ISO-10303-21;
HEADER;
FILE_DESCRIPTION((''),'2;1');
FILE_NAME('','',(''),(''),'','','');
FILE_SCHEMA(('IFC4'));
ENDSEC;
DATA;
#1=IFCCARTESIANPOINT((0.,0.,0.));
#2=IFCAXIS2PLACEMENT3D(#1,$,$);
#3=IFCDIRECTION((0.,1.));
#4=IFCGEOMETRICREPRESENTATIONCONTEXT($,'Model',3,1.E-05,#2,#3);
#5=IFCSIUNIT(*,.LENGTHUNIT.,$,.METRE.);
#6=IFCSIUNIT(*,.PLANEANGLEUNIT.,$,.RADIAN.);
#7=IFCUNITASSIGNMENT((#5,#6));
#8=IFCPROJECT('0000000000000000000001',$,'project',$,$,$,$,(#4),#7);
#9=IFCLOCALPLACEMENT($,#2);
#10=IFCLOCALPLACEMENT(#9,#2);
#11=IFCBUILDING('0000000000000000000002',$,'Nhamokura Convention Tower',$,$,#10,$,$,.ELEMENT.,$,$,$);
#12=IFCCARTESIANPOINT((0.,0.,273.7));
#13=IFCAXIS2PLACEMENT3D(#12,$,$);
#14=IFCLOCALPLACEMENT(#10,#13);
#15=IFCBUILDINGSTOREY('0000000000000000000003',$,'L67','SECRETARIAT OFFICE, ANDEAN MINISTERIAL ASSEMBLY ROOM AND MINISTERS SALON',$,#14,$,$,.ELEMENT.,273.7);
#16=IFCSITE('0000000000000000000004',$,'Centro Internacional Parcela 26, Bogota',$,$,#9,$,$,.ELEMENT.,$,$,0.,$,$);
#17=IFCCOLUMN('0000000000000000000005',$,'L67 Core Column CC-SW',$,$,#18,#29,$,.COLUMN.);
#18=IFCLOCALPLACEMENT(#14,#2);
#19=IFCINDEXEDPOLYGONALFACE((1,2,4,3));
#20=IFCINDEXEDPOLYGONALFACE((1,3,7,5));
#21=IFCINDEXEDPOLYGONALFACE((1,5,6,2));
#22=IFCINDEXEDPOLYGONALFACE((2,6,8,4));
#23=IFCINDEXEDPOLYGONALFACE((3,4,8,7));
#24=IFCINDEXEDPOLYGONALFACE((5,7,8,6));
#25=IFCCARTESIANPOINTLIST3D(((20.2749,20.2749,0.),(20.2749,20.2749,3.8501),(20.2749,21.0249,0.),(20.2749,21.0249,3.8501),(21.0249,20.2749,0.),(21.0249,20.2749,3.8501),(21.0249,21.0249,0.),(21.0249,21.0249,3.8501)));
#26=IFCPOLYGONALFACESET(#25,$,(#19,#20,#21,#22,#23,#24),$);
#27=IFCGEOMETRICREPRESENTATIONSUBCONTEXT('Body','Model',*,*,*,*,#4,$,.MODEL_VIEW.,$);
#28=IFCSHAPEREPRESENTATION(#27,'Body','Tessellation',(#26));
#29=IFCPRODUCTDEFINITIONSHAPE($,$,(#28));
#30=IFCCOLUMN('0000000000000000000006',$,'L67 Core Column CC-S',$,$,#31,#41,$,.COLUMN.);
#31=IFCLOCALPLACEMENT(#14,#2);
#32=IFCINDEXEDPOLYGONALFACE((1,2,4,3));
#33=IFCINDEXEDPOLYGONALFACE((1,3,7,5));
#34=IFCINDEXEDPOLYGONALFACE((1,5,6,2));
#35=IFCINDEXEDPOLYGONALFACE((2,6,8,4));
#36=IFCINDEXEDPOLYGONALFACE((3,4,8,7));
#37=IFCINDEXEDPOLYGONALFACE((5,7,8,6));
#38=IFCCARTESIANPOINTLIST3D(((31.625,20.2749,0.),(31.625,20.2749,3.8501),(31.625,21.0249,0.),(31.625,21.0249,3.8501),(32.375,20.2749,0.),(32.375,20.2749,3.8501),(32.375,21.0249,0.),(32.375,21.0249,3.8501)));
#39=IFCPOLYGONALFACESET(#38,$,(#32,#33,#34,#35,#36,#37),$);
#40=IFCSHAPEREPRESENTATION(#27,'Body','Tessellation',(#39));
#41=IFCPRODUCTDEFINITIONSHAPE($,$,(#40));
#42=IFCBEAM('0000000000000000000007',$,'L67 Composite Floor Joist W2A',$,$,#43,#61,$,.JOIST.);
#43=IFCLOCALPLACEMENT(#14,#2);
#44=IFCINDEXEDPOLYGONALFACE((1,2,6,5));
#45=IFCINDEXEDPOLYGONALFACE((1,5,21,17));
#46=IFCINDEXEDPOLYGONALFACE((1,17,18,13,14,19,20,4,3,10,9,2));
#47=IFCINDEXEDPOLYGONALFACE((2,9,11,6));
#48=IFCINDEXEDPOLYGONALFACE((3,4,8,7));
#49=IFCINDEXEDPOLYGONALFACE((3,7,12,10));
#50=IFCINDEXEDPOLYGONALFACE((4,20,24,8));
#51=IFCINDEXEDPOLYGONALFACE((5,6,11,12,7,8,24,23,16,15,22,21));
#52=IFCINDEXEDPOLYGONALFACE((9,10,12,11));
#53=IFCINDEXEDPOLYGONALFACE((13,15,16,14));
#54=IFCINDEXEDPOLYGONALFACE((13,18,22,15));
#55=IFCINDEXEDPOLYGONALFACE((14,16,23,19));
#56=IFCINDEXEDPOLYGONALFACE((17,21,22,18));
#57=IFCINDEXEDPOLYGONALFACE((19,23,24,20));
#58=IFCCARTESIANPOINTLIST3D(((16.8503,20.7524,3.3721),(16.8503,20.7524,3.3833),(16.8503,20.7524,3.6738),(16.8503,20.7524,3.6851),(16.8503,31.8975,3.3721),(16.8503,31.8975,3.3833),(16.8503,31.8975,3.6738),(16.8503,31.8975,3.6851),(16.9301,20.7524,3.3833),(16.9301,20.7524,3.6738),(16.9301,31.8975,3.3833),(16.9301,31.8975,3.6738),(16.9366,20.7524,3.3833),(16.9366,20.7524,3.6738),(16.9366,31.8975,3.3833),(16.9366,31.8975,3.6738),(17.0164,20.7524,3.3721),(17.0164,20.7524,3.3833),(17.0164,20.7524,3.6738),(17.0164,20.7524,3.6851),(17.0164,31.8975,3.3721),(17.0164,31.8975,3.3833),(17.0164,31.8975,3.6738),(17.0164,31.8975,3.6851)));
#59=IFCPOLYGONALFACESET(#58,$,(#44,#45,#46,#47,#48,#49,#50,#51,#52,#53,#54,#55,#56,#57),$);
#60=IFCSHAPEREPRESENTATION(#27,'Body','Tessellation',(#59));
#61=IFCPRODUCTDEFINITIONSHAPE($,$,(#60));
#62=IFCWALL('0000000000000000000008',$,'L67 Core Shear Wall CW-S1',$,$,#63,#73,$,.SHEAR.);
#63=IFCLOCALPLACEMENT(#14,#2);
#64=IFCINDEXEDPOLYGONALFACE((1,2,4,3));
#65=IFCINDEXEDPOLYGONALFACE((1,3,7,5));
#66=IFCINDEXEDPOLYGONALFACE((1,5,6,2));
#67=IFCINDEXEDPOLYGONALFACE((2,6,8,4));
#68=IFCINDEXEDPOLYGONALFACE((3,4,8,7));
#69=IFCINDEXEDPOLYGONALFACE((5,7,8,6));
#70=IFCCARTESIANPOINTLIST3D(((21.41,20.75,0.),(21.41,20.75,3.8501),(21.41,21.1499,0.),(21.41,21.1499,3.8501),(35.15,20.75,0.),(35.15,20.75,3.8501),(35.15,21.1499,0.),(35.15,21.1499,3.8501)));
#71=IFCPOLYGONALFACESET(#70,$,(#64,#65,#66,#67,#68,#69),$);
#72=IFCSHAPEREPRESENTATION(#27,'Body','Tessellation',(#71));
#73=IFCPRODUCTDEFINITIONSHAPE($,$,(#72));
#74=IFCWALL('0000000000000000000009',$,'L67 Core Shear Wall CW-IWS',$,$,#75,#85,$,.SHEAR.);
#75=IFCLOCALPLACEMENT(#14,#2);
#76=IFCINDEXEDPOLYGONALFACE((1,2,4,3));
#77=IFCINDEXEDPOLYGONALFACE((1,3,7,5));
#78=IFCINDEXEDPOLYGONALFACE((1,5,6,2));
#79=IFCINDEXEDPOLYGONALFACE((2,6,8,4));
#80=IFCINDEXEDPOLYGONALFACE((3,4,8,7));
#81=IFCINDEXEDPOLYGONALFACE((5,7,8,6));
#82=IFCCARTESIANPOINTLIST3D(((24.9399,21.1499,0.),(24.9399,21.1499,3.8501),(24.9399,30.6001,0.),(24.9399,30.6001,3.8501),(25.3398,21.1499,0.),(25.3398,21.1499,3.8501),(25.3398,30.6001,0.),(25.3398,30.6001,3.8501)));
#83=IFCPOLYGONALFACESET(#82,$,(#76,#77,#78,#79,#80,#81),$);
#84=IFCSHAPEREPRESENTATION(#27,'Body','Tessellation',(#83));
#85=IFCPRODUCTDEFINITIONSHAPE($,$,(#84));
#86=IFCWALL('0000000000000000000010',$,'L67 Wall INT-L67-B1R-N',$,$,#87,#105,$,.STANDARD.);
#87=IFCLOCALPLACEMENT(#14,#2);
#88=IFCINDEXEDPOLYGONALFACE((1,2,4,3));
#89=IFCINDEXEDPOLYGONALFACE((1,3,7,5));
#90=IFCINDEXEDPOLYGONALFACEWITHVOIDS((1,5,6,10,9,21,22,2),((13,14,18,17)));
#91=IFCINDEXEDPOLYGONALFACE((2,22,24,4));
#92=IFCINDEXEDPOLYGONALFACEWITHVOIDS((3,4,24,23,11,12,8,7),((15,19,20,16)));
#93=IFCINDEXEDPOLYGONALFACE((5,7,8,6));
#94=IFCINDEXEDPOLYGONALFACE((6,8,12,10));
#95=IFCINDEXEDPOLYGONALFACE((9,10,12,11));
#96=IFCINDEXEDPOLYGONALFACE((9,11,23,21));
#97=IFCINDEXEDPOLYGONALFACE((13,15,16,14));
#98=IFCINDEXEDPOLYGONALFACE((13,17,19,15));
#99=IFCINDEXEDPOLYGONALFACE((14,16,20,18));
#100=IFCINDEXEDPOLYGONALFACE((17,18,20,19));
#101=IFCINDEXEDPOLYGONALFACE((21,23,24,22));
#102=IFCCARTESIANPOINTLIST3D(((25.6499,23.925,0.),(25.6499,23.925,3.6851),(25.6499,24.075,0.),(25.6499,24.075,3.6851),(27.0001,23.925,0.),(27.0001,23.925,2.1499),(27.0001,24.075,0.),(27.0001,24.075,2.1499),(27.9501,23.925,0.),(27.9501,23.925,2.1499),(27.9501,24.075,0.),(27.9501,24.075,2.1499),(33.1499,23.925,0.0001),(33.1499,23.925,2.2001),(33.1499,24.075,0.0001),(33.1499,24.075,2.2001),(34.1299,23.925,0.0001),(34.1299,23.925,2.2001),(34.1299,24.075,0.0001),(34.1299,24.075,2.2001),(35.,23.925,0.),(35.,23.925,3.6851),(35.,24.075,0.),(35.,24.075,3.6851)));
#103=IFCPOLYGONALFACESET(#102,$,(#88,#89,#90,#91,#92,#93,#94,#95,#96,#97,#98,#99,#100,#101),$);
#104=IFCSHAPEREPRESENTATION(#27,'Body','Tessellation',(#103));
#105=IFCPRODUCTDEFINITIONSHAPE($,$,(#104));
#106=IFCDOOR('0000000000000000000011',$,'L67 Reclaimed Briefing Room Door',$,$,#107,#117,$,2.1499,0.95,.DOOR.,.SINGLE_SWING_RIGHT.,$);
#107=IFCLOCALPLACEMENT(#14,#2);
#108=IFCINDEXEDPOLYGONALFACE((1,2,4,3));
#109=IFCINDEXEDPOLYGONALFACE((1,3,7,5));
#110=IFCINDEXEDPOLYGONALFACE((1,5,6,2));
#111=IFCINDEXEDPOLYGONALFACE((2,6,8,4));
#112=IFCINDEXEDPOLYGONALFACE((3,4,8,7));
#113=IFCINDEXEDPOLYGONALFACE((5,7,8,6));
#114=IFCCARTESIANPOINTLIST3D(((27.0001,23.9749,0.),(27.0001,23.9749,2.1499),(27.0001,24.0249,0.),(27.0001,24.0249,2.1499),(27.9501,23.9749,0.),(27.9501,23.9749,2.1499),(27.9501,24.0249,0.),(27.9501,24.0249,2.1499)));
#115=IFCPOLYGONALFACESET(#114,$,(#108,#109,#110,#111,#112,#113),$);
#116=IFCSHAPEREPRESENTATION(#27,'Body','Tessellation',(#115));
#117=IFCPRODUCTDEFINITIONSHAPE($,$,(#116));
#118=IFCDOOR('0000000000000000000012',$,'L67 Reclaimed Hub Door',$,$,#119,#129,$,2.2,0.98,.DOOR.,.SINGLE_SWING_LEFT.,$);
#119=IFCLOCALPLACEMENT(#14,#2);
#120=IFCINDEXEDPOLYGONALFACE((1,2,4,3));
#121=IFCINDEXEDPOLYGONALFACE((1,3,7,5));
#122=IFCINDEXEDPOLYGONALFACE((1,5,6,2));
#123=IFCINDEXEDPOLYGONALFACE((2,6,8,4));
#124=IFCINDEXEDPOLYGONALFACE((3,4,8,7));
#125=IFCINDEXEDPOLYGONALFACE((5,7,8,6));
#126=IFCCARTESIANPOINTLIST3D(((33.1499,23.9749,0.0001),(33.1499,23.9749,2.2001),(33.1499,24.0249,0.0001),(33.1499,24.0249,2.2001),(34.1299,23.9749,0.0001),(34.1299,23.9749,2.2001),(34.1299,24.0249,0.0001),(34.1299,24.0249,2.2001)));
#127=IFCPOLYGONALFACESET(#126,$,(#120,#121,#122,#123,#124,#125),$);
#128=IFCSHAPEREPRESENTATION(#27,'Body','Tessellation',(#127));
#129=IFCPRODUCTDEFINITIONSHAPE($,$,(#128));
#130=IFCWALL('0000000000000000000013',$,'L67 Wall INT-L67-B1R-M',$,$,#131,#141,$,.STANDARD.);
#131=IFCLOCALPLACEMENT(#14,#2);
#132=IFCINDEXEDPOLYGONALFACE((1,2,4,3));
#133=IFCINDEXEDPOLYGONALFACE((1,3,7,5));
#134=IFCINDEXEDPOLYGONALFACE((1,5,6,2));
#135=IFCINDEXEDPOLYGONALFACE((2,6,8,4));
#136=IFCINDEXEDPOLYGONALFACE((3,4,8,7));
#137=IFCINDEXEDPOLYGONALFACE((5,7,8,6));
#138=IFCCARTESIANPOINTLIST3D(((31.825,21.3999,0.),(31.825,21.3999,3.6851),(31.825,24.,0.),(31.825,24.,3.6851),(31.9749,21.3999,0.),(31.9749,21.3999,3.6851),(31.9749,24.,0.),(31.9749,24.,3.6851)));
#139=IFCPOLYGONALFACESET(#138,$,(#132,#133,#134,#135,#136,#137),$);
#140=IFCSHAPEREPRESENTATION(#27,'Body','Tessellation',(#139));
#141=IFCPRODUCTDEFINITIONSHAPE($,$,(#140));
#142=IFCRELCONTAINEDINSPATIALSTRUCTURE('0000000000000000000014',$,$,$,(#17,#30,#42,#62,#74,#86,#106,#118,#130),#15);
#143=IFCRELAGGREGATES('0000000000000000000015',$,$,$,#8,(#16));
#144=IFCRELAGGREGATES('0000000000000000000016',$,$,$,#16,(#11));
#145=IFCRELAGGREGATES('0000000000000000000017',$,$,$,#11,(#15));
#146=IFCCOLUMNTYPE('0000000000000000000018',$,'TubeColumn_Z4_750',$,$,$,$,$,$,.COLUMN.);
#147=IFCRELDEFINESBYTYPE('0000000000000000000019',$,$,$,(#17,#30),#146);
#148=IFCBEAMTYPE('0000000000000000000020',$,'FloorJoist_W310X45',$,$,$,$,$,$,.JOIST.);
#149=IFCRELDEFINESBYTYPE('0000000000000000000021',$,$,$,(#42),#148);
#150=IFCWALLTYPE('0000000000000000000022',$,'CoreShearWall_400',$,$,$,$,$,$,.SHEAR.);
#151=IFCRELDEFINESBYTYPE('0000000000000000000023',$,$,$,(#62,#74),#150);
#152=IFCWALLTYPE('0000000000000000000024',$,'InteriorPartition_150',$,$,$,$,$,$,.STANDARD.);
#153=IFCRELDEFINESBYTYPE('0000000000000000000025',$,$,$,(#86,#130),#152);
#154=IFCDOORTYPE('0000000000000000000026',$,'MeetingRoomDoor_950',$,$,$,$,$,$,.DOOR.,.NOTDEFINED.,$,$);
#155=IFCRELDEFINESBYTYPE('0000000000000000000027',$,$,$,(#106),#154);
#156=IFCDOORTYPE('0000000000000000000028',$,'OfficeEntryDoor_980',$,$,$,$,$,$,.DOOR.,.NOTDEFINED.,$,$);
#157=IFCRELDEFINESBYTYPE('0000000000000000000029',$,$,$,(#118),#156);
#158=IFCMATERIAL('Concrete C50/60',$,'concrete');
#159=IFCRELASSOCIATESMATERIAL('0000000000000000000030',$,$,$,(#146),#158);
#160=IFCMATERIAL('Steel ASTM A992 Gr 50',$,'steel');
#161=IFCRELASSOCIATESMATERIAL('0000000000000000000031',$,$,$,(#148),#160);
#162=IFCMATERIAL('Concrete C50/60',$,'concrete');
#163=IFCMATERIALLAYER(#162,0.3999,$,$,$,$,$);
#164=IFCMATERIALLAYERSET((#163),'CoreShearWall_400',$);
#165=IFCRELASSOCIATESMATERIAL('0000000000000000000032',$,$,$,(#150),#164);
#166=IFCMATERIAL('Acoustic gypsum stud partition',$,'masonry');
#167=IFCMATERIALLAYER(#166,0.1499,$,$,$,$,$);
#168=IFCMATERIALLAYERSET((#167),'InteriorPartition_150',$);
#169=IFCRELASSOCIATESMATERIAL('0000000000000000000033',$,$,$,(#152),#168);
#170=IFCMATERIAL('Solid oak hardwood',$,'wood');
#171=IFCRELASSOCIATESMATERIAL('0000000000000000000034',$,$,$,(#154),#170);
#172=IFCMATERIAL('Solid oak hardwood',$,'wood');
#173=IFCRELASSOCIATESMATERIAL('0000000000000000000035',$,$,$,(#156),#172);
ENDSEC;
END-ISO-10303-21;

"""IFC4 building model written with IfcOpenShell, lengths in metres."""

from ifc_helpers import new_model, si_unit, direction, frame, frame_2d, origin, origin_2d, place, context, subcontext, project, spatial, rectangle, i_section, extrude, material, layer, layer_set, material_profile, profile_set, type_object, element, fill, save


model = new_model("IFC4")

# Units and contexts
model_context = context("Model", 3, precision=1e-05, world=origin(), true_north=direction((0.0, 1.0)))
body_context = subcontext(model_context, "Body", "Model", "MODEL_VIEW")
ifc_project = project(units=[si_unit("LENGTHUNIT", "METRE"), si_unit("PLANEANGLEUNIT", "RADIAN")], contexts=[model_context])

# Site, building, storey
site_placement = place(None, origin())
site = spatial("IfcSite", under=ifc_project, at=site_placement, Name="Centro Internacional Parcela 26, Bogota", CompositionType="ELEMENT", RefElevation=0.0)
building_placement = place(site_placement, origin())
building = spatial("IfcBuilding", under=site, at=building_placement, Name="Nhamokura Convention Tower", CompositionType="ELEMENT")
storey_placement = place(building_placement, frame((0.0, 0.0, 273.7)))
storey = spatial("IfcBuildingStorey", under=building, at=storey_placement, Name="L67", Description="SECRETARIAT OFFICE, ANDEAN MINISTERIAL ASSEMBLY ROOM AND MINISTERS SALON", CompositionType="ELEMENT", Elevation=273.7)

# Columns
ifc_material_1 = material(Name="Concrete C50/60", Category="concrete")
ifc_material_profile_1 = material_profile(ifc_material_1, rectangle(XDim=0.75, YDim=0.75, at=origin_2d()))
ifc_profile_set_1 = profile_set([ifc_material_profile_1], Name="Concrete C50/60")
column_type = type_object("IfcColumnType", Name="TubeColumn_Z4_750", PredefinedType="COLUMN", material=ifc_profile_set_1)
for number, where, z_axis, x_axis, name in (
    (1, (20.6499, 20.6499, 0.0), (0.0, 0.0, 1.0), (1.0, 0.0, 0.0), "L67 Core Column CC-SW"),
    (2, (32.0, 20.6499, 0.0), (0.0, 0.0, 1.0), (1.0, 0.0, 0.0), "L67 Core Column CC-S"),
):
    element("IfcColumn", number, at=place(storey_placement, frame(where, z_axis=z_axis, x_axis=x_axis)), inside=storey, type_object=column_type, Name=name, PredefinedType="COLUMN", context=body_context, shape_type="SweptSolid", body=[
        extrude(rectangle(XDim=0.75, YDim=0.75, at=origin_2d()), origin(), (0.0, 0.0, 1.0), 3.8501),
    ])

# Beam
ifc_material_2 = material(Name="Steel ASTM A992 Gr 50", Category="steel")
ifc_material_profile_2 = material_profile(ifc_material_2, i_section(OverallWidth=0.166, OverallDepth=0.313, WebThickness=0.0066, FlangeThickness=0.0112, at=origin_2d()))
ifc_profile_set_2 = profile_set([ifc_material_profile_2], Name="Steel ASTM A992 Gr 50")
beam_type = type_object("IfcBeamType", Name="FloorJoist_W310X45", PredefinedType="JOIST", material=ifc_profile_set_2)
beam_placement = place(storey_placement, frame((16.9333, 20.7524, 3.5286), z_axis=(0.0, 1.0, 0.0), x_axis=(-1.0, 0.0, 0.0)))
element("IfcBeam", 3, at=beam_placement, inside=storey, type_object=beam_type, Name="L67 Composite Floor Joist W2A", PredefinedType="JOIST", context=body_context, shape_type="SweptSolid", body=[
    extrude(i_section(OverallWidth=0.166, OverallDepth=0.313, WebThickness=0.0066, FlangeThickness=0.0112, at=origin_2d()), origin(), (0.0, 0.0, 1.0), 11.145),
])

# Shared definitions
ifc_material_3 = material(Name="Concrete C50/60", Category="concrete")
ifc_layer_1 = layer(ifc_material_3, 0.3999)
ifc_layer_set_1 = layer_set([ifc_layer_1], Name="CoreShearWall_400")
wall_type_1 = type_object("IfcWallType", Name="CoreShearWall_400", PredefinedType="SHEAR", material=ifc_layer_set_1)

# Walls
wall_1_placement = place(storey_placement, frame((21.4099, 20.95, 0.0), z_axis=(0.0, 0.0, 1.0), x_axis=(1.0, 0.0, 0.0)))
element("IfcWall", 4, at=wall_1_placement, inside=storey, type_object=wall_type_1, Name="L67 Core Shear Wall CW-S1", PredefinedType="SHEAR", context=body_context, shape_type="SweptSolid", body=[
    extrude(rectangle(XDim=13.74, YDim=0.3999, at=frame_2d((6.8701, 0.0))), origin(), (0.0, 0.0, 1.0), 3.8501),
])
wall_2_placement = place(storey_placement, frame((25.1399, 21.1499, 0.0), z_axis=(0.0, 0.0, 1.0), x_axis=(0.0, 1.0, 0.0)))
element("IfcWall", 5, at=wall_2_placement, inside=storey, type_object=wall_type_1, Name="L67 Core Shear Wall CW-IWS", PredefinedType="SHEAR", context=body_context, shape_type="SweptSolid", body=[
    extrude(rectangle(XDim=9.4502, YDim=0.3999, at=frame_2d((4.7251, 0.0))), origin(), (0.0, 0.0, 1.0), 3.8501),
])

# Wall, openings, doors
ifc_material_4 = material(Name="Acoustic gypsum stud partition", Category="masonry")
ifc_layer_2 = layer(ifc_material_4, 0.1499)
ifc_layer_set_2 = layer_set([ifc_layer_2], Name="InteriorPartition_150")
wall_type_2 = type_object("IfcWallType", Name="InteriorPartition_150", PredefinedType="STANDARD", material=ifc_layer_set_2)
wall_3_placement = place(storey_placement, frame((25.6499, 24.0, 0.0), z_axis=(0.0, 0.0, 1.0), x_axis=(1.0, 0.0, 0.0)))
wall_3 = element("IfcWall", 6, at=wall_3_placement, inside=storey, type_object=wall_type_2, Name="L67 Wall INT-L67-B1R-N", PredefinedType="STANDARD", context=body_context, shape_type="SweptSolid", body=[
    extrude(rectangle(XDim=9.3501, YDim=0.1499, at=frame_2d((4.675, 0.0))), origin(), (0.0, 0.0, 1.0), 3.6851),
])
opening_1_placement = place(wall_3_placement, frame((1.3501, 0.0, 0.0)))
opening_1 = element("IfcOpeningElement", 7, at=opening_1_placement, cuts=wall_3, PredefinedType="OPENING", context=body_context, shape_type="SweptSolid", body=[
    extrude(rectangle(XDim=0.95, YDim=2.1499, at=frame_2d((0.4751, 1.075))), frame((0.0, 0.085, 0.0), z_axis=(0.0, -1.0, 0.0), x_axis=(1.0, 0.0, 0.0)), (0.0, 0.0, 1.0), 0.1699),
])
opening_2_placement = place(wall_3_placement, frame((7.5, 0.0, 0.0)))
opening_2 = element("IfcOpeningElement", 8, at=opening_2_placement, cuts=wall_3, PredefinedType="OPENING", context=body_context, shape_type="SweptSolid", body=[
    extrude(rectangle(XDim=0.98, YDim=2.2, at=frame_2d((0.49, 1.1001))), frame((0.0, 0.085, 0.0), z_axis=(0.0, -1.0, 0.0), x_axis=(1.0, 0.0, 0.0)), (0.0, 0.0, 1.0), 0.1699),
])
ifc_material_5 = material(Name="Solid oak hardwood", Category="wood")
door_type_1 = type_object("IfcDoorType", Name="MeetingRoomDoor_950", OperationType="NOTDEFINED", PredefinedType="DOOR", material=ifc_material_5)
door_1_placement = place(opening_1_placement, origin())
door_1 = element("IfcDoor", 9, at=door_1_placement, inside=storey, type_object=door_type_1, Name="L67 Reclaimed Briefing Room Door", OperationType="SINGLE_SWING_RIGHT", OverallHeight=2.1499, OverallWidth=0.95, PredefinedType="DOOR", context=body_context, shape_type="SweptSolid", body=[
    extrude(rectangle(XDim=0.95, YDim=2.1499, at=frame_2d((0.4751, 1.075))), frame((0.0, 0.0249, 0.0), z_axis=(0.0, -1.0, 0.0), x_axis=(1.0, 0.0, 0.0)), (0.0, 0.0, 1.0), 0.05),
])
fill(opening_1, door_1)
ifc_material_6 = material(Name="Solid oak hardwood", Category="wood")
door_type_2 = type_object("IfcDoorType", Name="OfficeEntryDoor_980", OperationType="NOTDEFINED", PredefinedType="DOOR", material=ifc_material_6)
door_2_placement = place(opening_2_placement, origin())
door_2 = element("IfcDoor", 10, at=door_2_placement, inside=storey, type_object=door_type_2, Name="L67 Reclaimed Hub Door", OperationType="SINGLE_SWING_LEFT", OverallHeight=2.2, OverallWidth=0.98, PredefinedType="DOOR", context=body_context, shape_type="SweptSolid", body=[
    extrude(rectangle(XDim=0.98, YDim=2.2, at=frame_2d((0.49, 1.1001))), frame((0.0, 0.0249, 0.0), z_axis=(0.0, -1.0, 0.0), x_axis=(1.0, 0.0, 0.0)), (0.0, 0.0, 1.0), 0.05),
])
fill(opening_2, door_2)

# Wall
wall_4_placement = place(storey_placement, frame((31.8999, 21.3999, 0.0), z_axis=(0.0, 0.0, 1.0), x_axis=(0.0, 1.0, 0.0)))
element("IfcWall", 11, at=wall_4_placement, inside=storey, type_object=wall_type_2, Name="L67 Wall INT-L67-B1R-M", PredefinedType="STANDARD", context=body_context, shape_type="SweptSolid", body=[
    extrude(rectangle(XDim=2.6001, YDim=0.1499, at=frame_2d((1.3, 0.0))), origin(), (0.0, 0.0, 1.0), 3.6851),
])

save(model, "model.ifc")
